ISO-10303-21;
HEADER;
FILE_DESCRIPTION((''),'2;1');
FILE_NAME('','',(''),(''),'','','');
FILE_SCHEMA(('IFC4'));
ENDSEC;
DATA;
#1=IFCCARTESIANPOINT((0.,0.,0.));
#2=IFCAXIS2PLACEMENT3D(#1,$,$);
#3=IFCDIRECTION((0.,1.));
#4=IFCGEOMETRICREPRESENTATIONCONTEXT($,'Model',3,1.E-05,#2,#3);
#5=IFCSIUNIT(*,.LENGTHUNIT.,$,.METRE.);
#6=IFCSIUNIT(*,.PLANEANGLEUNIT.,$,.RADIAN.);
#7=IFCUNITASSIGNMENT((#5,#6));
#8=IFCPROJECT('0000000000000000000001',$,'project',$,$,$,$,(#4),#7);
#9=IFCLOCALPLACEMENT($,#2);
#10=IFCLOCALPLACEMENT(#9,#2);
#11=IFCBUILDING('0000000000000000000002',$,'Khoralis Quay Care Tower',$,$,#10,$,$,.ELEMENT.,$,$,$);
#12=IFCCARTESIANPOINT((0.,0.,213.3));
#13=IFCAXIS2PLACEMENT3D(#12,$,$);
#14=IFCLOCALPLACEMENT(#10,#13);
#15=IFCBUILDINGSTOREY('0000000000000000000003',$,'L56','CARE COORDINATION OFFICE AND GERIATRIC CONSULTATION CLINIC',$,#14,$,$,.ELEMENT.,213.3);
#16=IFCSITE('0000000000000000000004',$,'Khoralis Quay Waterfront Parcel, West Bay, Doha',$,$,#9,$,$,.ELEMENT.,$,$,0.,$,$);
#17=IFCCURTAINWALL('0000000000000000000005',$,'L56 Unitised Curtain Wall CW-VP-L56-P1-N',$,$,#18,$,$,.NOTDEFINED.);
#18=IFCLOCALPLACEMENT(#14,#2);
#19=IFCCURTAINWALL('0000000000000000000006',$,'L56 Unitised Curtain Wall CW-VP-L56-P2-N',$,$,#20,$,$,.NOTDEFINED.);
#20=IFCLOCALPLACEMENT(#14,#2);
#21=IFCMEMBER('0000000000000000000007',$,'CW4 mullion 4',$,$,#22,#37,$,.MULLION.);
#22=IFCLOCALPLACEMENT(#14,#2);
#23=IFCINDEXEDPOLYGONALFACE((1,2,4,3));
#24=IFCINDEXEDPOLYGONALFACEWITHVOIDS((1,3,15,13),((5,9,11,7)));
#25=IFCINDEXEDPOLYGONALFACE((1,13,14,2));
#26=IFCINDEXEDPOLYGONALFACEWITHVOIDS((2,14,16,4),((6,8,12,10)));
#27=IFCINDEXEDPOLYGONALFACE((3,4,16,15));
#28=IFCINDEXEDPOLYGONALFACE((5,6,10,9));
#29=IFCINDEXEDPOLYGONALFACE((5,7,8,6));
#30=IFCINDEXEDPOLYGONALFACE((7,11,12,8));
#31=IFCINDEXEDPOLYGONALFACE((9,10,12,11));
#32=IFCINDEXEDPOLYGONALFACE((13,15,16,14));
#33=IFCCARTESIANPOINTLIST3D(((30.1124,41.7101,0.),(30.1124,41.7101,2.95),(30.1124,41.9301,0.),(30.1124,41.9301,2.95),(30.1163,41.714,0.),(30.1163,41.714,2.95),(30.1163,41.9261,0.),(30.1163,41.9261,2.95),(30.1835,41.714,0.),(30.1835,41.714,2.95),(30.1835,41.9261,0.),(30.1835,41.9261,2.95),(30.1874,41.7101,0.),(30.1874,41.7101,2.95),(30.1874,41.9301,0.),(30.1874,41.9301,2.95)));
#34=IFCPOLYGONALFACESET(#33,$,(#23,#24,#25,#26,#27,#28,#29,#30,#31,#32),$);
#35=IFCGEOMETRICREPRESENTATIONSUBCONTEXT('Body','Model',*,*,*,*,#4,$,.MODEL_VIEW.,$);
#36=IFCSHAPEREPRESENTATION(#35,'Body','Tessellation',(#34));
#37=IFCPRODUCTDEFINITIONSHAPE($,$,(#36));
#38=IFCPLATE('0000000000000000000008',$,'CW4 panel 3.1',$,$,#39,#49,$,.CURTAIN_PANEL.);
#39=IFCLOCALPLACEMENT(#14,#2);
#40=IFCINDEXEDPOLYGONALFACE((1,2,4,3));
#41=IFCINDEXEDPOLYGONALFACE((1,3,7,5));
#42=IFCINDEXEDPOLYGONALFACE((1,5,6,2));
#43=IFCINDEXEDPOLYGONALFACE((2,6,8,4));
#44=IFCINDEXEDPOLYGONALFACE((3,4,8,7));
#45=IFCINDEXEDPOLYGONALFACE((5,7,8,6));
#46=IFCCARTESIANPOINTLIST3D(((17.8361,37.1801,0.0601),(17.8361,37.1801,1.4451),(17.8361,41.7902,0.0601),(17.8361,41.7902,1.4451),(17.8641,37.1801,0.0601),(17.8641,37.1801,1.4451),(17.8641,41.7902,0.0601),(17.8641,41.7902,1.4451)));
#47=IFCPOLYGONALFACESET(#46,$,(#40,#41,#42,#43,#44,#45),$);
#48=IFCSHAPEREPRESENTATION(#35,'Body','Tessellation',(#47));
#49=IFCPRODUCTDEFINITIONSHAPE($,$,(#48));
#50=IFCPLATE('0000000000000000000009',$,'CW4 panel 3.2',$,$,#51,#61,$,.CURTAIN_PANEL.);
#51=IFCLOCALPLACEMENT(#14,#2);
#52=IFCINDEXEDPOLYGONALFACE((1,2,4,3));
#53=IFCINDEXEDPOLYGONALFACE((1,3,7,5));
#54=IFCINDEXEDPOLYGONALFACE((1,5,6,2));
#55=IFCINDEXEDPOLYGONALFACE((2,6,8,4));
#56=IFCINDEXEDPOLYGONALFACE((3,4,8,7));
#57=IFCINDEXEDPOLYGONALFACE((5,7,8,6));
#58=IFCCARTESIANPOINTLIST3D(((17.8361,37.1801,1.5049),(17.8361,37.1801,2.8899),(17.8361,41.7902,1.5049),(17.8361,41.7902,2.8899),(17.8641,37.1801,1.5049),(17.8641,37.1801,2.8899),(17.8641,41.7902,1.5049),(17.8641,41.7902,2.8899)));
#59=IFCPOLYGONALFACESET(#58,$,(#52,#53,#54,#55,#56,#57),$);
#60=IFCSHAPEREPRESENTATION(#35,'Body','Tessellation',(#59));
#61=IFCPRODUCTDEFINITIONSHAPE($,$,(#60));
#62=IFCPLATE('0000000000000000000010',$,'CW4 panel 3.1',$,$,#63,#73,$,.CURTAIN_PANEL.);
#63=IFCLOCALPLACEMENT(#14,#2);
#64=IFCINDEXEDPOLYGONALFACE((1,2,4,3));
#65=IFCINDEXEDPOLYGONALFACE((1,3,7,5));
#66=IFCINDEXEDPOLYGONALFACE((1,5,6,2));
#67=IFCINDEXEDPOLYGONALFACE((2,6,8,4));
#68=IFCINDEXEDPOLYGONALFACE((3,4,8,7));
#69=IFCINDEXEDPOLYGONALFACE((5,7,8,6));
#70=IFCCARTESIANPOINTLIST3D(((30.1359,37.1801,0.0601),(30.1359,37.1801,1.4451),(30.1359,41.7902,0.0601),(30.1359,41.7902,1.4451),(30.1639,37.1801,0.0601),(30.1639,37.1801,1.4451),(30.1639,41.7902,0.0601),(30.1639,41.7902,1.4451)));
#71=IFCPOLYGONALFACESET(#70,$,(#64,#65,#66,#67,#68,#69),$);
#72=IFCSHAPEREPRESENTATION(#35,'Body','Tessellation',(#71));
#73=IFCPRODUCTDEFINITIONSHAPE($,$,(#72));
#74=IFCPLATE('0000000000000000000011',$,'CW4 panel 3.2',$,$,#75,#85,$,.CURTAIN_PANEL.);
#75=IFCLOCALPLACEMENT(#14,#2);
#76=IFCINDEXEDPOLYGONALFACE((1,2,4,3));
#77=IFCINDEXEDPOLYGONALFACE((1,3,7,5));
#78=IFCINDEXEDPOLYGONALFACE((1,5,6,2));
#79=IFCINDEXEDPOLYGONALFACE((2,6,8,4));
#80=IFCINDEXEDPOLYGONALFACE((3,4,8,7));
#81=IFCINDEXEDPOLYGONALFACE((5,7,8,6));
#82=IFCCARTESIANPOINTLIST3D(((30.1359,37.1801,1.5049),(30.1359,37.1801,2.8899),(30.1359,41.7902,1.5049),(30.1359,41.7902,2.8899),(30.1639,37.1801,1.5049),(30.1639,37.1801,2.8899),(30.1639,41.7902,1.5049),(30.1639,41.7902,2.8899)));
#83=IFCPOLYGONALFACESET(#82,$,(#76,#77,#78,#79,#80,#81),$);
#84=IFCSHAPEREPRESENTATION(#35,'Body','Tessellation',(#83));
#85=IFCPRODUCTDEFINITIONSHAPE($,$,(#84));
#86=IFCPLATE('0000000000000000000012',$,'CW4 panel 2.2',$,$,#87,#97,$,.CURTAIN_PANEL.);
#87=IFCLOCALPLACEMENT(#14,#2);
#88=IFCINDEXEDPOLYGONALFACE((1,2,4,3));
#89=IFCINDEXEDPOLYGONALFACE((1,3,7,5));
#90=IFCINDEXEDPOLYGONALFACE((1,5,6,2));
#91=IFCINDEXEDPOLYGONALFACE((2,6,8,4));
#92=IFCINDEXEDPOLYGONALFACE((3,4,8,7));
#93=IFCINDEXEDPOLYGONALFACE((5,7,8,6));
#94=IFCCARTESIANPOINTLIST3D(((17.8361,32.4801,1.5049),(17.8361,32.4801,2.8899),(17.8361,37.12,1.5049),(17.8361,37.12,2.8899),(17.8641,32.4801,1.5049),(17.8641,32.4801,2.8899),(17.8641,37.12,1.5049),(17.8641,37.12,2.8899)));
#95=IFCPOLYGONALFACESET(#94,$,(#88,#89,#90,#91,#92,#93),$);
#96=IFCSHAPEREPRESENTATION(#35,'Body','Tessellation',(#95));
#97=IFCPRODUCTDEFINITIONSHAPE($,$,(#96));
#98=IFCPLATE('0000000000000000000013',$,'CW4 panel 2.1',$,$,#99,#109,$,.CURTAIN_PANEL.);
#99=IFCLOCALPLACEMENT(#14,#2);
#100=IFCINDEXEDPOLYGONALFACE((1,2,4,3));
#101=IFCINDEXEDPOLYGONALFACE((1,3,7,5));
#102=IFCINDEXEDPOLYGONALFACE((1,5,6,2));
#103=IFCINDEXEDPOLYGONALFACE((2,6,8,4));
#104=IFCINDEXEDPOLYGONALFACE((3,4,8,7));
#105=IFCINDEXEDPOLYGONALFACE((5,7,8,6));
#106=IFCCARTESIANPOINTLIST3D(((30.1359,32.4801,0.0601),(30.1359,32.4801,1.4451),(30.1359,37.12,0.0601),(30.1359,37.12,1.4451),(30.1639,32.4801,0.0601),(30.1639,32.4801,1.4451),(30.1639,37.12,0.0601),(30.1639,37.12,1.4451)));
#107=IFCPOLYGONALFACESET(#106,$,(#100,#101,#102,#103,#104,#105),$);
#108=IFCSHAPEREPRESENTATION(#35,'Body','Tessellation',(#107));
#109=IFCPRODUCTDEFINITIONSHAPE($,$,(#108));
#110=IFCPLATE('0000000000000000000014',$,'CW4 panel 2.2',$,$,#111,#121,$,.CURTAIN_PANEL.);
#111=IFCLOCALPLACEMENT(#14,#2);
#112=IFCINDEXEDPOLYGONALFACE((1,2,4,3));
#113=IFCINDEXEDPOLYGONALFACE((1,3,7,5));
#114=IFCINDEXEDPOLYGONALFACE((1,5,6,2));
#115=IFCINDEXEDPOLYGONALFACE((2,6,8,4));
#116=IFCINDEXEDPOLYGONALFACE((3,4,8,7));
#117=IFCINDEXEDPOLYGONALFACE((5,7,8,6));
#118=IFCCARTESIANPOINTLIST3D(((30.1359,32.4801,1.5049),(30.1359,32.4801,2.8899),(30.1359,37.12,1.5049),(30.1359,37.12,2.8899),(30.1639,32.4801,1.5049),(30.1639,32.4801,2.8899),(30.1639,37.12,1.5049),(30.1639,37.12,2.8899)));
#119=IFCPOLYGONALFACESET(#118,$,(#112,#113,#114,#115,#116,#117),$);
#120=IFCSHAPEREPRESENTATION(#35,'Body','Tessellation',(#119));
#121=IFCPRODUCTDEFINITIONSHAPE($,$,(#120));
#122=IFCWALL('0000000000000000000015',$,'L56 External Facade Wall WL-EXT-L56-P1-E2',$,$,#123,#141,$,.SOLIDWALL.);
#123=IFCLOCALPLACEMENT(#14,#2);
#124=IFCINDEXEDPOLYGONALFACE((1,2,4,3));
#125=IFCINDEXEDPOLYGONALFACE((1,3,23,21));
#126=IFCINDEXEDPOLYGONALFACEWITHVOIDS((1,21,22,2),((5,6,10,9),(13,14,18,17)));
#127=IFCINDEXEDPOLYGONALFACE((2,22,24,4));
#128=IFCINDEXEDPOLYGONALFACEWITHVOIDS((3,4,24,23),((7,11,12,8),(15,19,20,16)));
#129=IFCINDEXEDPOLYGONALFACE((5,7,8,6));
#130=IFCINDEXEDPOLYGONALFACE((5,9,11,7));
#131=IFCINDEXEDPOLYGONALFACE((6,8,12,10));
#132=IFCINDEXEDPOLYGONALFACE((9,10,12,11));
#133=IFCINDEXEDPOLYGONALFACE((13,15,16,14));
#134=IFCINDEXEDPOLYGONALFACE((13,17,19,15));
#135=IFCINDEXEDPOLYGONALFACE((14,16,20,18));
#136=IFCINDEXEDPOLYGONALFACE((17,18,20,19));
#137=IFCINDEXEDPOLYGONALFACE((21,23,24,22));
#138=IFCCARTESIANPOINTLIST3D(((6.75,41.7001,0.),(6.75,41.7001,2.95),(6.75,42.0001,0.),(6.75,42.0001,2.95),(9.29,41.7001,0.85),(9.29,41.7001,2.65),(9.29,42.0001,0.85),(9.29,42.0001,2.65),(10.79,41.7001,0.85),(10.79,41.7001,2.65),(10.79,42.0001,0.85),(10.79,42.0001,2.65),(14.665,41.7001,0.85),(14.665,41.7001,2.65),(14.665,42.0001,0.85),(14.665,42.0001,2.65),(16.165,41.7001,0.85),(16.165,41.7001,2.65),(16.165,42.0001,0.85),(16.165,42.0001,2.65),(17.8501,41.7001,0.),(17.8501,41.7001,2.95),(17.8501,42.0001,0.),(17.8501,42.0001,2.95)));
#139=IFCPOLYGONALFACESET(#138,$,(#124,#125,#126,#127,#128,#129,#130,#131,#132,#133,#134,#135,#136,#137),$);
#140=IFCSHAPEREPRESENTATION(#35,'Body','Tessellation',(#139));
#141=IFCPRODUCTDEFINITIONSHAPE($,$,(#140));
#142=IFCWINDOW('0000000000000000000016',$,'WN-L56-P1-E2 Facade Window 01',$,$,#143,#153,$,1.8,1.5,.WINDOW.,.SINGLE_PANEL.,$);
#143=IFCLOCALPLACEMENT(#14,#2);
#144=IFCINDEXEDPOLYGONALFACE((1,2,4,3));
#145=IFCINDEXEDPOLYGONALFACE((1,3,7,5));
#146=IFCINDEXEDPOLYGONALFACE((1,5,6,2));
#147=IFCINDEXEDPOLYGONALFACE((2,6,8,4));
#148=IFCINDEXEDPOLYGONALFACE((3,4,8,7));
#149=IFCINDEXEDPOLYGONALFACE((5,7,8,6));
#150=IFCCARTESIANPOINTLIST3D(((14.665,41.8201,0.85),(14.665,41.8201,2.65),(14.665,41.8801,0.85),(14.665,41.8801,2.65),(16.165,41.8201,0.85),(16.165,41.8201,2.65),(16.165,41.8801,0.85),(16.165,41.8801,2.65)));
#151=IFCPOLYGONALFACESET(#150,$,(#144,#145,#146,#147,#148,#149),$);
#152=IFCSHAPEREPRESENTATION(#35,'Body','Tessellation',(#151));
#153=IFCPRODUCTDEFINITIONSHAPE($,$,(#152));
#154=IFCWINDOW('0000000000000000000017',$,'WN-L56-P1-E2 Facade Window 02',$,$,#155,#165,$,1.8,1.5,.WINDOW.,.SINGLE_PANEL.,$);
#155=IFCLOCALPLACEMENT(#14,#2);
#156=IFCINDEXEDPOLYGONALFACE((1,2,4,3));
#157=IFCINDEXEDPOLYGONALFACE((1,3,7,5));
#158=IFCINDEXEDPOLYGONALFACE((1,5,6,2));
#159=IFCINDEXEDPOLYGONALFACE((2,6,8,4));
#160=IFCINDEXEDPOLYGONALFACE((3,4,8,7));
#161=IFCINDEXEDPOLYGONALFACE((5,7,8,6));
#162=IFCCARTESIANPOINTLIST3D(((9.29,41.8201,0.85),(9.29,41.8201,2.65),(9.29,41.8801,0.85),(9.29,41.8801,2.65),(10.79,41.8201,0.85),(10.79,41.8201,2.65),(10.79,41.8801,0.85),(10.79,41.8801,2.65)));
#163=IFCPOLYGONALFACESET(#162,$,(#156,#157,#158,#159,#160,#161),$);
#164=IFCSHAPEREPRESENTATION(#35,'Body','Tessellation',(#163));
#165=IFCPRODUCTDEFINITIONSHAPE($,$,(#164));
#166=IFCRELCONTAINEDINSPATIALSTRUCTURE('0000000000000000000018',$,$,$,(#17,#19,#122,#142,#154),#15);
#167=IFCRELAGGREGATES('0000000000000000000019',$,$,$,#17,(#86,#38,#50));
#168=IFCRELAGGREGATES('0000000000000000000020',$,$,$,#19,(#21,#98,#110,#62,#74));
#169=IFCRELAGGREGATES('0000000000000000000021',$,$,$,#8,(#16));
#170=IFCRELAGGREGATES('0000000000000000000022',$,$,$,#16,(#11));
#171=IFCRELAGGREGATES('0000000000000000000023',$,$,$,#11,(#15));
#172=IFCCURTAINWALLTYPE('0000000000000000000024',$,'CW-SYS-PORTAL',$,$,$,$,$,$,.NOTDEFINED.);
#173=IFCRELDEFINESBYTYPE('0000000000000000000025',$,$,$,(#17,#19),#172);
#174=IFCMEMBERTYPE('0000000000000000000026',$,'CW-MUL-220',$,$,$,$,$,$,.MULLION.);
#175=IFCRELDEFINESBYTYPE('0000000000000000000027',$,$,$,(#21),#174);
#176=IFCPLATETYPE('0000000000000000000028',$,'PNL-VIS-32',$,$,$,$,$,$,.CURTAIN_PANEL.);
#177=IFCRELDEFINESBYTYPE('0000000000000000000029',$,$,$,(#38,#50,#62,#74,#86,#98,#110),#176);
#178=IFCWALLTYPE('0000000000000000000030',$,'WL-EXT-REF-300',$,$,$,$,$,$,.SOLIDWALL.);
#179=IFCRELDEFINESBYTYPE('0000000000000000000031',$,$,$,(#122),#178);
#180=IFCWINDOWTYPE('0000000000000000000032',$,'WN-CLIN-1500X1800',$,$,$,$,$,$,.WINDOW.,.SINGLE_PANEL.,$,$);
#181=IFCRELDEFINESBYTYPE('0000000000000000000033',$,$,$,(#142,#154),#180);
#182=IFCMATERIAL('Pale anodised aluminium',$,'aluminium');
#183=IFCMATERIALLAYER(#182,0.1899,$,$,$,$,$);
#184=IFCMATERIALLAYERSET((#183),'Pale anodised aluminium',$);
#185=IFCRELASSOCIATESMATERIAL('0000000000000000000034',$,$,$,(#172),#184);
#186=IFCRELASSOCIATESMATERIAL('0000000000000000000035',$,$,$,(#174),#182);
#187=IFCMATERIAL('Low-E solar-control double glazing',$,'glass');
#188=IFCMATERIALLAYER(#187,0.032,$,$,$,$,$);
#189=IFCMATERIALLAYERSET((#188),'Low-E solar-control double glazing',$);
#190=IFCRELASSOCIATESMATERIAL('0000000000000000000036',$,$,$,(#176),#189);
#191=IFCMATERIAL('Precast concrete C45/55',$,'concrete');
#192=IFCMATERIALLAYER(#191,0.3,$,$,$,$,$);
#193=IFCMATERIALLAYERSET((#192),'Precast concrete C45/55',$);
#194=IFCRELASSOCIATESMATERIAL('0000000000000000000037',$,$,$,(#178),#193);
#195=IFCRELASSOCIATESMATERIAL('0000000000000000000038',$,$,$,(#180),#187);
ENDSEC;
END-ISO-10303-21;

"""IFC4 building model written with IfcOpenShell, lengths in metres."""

from ifc_helpers import new_model, si_unit, direction, frame, frame_2d, origin, origin_2d, place, context, subcontext, project, spatial, rectangle, hollow_rectangle, extrude, source, transform, mapped, material, layer, layer_set, material_profile, profile_set, type_object, element, fill, aggregate, save


model = new_model("IFC4")

# Units and contexts
model_context = context("Model", 3, precision=1e-05, world=origin(), true_north=direction((0.0, 1.0)))
body_context = subcontext(model_context, "Body", "Model", "MODEL_VIEW")
ifc_project = project(units=[si_unit("LENGTHUNIT", "METRE"), si_unit("PLANEANGLEUNIT", "RADIAN")], contexts=[model_context])

# Site, building, storey
site_placement = place(None, origin())
site = spatial("IfcSite", under=ifc_project, at=site_placement, Name="Khoralis Quay Waterfront Parcel, West Bay, Doha", CompositionType="ELEMENT", RefElevation=0.0)
building_placement = place(site_placement, origin())
building = spatial("IfcBuilding", under=site, at=building_placement, Name="Khoralis Quay Care Tower", CompositionType="ELEMENT")
storey_placement = place(building_placement, frame((0.0, 0.0, 213.3)))
storey = spatial("IfcBuildingStorey", under=building, at=storey_placement, Name="L56", Description="CARE COORDINATION OFFICE AND GERIATRIC CONSULTATION CLINIC", CompositionType="ELEMENT", Elevation=213.3)

# Curtain walls, member
ifc_material_1 = material(Name="Pale anodised aluminium", Category="aluminium")
ifc_layer_1 = layer(ifc_material_1, 0.1899)
ifc_layer_set_1 = layer_set([ifc_layer_1], Name="Pale anodised aluminium")
curtain_wall_type = type_object("IfcCurtainWallType", Name="CW-SYS-PORTAL", PredefinedType="NOTDEFINED", material=ifc_layer_set_1)
curtain_wall_1_placement = place(storey_placement, origin())
curtain_wall_1 = element("IfcCurtainWall", 1, at=curtain_wall_1_placement, inside=storey, type_object=curtain_wall_type, Name="L56 Unitised Curtain Wall CW-VP-L56-P1-N", PredefinedType="NOTDEFINED")
curtain_wall_2_placement = place(storey_placement, origin())
curtain_wall_2 = element("IfcCurtainWall", 2, at=curtain_wall_2_placement, inside=storey, type_object=curtain_wall_type, Name="L56 Unitised Curtain Wall CW-VP-L56-P2-N", PredefinedType="NOTDEFINED")
ifc_material_profile_1 = material_profile(ifc_material_1, hollow_rectangle(XDim=0.075, YDim=0.22, WallThickness=0.0039, at=origin_2d()), Name="Pale anodised aluminium")
ifc_profile_set_1 = profile_set([ifc_material_profile_1], Name="Pale anodised aluminium")
member_type_1 = type_object("IfcMemberType", Name="CW-MUL-220", PredefinedType="MULLION", material=ifc_profile_set_1)
shared_shape_1 = source(origin(), body_context, "Body", "SweptSolid", [
    extrude(hollow_rectangle(XDim=0.075, YDim=0.22, WallThickness=0.0039, at=origin_2d()), origin(), (0.0, 0.0, 1.0), 2.95),
])
member_1_placement = place(storey_placement, frame((30.1499, 41.8201, 0.0), z_axis=(0.0, 0.0, 1.0), x_axis=(-1.0, 0.0, 0.0)))
member_1 = element("IfcMember", 3, at=member_1_placement, type_object=member_type_1, Name="CW4 mullion 4", PredefinedType="MULLION", context=body_context, shape_type="MappedRepresentation", body=[
    mapped(shared_shape_1, transform((0.0, 0.0, 0.0), scale=1.0)),
])

# Plates
ifc_material_2 = material(Name="Low-E solar-control double glazing", Category="glass")
ifc_layer_2 = layer(ifc_material_2, 0.032)
ifc_layer_set_2 = layer_set([ifc_layer_2], Name="Low-E solar-control double glazing")
plate_type = type_object("IfcPlateType", Name="PNL-VIS-32", PredefinedType="CURTAIN_PANEL", material=ifc_layer_set_2)
shared_shape_2 = source(origin(), body_context, "Body", "SweptSolid", [
    extrude(rectangle(XDim=4.6101, YDim=0.0281, at=origin_2d()), origin(), (0.0, 0.0, 1.0), 1.385),
])
plate_1_placement = place(storey_placement, frame((17.8501, 39.4851, 0.0601), z_axis=(0.0, 0.0, 1.0), x_axis=(0.0, 1.0, 0.0)))
plate_1 = element("IfcPlate", 4, at=plate_1_placement, type_object=plate_type, Name="CW4 panel 3.1", PredefinedType="CURTAIN_PANEL", context=body_context, shape_type="MappedRepresentation", body=[
    mapped(shared_shape_2, transform((0.0, 0.0, 0.0), scale=1.0)),
])
plate_2_placement = place(storey_placement, frame((17.8501, 39.4851, 1.5049), z_axis=(0.0, 0.0, 1.0), x_axis=(0.0, 1.0, 0.0)))
plate_2 = element("IfcPlate", 5, at=plate_2_placement, type_object=plate_type, Name="CW4 panel 3.2", PredefinedType="CURTAIN_PANEL", context=body_context, shape_type="MappedRepresentation", body=[
    mapped(shared_shape_2, transform((0.0, 0.0, 0.0), scale=1.0)),
])
plate_3_placement = place(storey_placement, frame((30.1499, 39.4851, 0.0601), z_axis=(0.0, 0.0, 1.0), x_axis=(0.0, 1.0, 0.0)))
plate_3 = element("IfcPlate", 6, at=plate_3_placement, type_object=plate_type, Name="CW4 panel 3.1", PredefinedType="CURTAIN_PANEL", context=body_context, shape_type="MappedRepresentation", body=[
    mapped(shared_shape_2, transform((0.0, 0.0, 0.0), scale=1.0)),
])
plate_4_placement = place(storey_placement, frame((30.1499, 39.4851, 1.5049), z_axis=(0.0, 0.0, 1.0), x_axis=(0.0, 1.0, 0.0)))
plate_4 = element("IfcPlate", 7, at=plate_4_placement, type_object=plate_type, Name="CW4 panel 3.2", PredefinedType="CURTAIN_PANEL", context=body_context, shape_type="MappedRepresentation", body=[
    mapped(shared_shape_2, transform((0.0, 0.0, 0.0), scale=1.0)),
])
shared_shape_3 = source(origin(), body_context, "Body", "SweptSolid", [
    extrude(rectangle(XDim=4.6399, YDim=0.0281, at=origin_2d()), origin(), (0.0, 0.0, 1.0), 1.385),
])
plate_5_placement = place(storey_placement, frame((17.8501, 34.8, 1.5049), z_axis=(0.0, 0.0, 1.0), x_axis=(0.0, 1.0, 0.0)))
plate_5 = element("IfcPlate", 8, at=plate_5_placement, type_object=plate_type, Name="CW4 panel 2.2", PredefinedType="CURTAIN_PANEL", context=body_context, shape_type="MappedRepresentation", body=[
    mapped(shared_shape_3, transform((0.0, 0.0, 0.0), scale=1.0)),
])
aggregate(curtain_wall_1, [plate_5, plate_1, plate_2])
plate_6_placement = place(storey_placement, frame((30.1499, 34.8, 0.0601), z_axis=(0.0, 0.0, 1.0), x_axis=(0.0, 1.0, 0.0)))
plate_6 = element("IfcPlate", 9, at=plate_6_placement, type_object=plate_type, Name="CW4 panel 2.1", PredefinedType="CURTAIN_PANEL", context=body_context, shape_type="MappedRepresentation", body=[
    mapped(shared_shape_3, transform((0.0, 0.0, 0.0), scale=1.0)),
])
plate_7_placement = place(storey_placement, frame((30.1499, 34.8, 1.5049), z_axis=(0.0, 0.0, 1.0), x_axis=(0.0, 1.0, 0.0)))
plate_7 = element("IfcPlate", 10, at=plate_7_placement, type_object=plate_type, Name="CW4 panel 2.2", PredefinedType="CURTAIN_PANEL", context=body_context, shape_type="MappedRepresentation", body=[
    mapped(shared_shape_3, transform((0.0, 0.0, 0.0), scale=1.0)),
])
aggregate(curtain_wall_2, [member_1, plate_6, plate_7, plate_3, plate_4])

# Wall, openings, windows
ifc_material_3 = material(Name="Precast concrete C45/55", Category="concrete")
ifc_layer_3 = layer(ifc_material_3, 0.3)
ifc_layer_set_3 = layer_set([ifc_layer_3], Name="Precast concrete C45/55")
wall_type = type_object("IfcWallType", Name="WL-EXT-REF-300", PredefinedType="SOLIDWALL", material=ifc_layer_set_3)
wall_placement = place(storey_placement, frame((17.8501, 41.8501, 0.0), z_axis=(0.0, 0.0, 1.0), x_axis=(-1.0, 0.0, 0.0)))
wall = element("IfcWall", 11, at=wall_placement, inside=storey, type_object=wall_type, Name="L56 External Facade Wall WL-EXT-L56-P1-E2", PredefinedType="SOLIDWALL", context=body_context, shape_type="SweptSolid", body=[
    extrude(rectangle(XDim=11.1001, YDim=0.3, at=frame_2d((5.55, 0.0))), origin(), (0.0, 0.0, 1.0), 2.95),
])
opening_1_placement = place(wall_placement, frame((1.6851, 0.0, 0.8501)))
opening_1 = element("IfcOpeningElement", 12, at=opening_1_placement, cuts=wall, PredefinedType="OPENING", context=body_context, shape_type="SweptSolid", body=[
    extrude(rectangle(XDim=1.5, YDim=1.8, at=frame_2d((0.75, 0.8999))), frame((0.0, 0.1602, 0.0), z_axis=(0.0, -1.0, 0.0), x_axis=(1.0, 0.0, 0.0)), (0.0, 0.0, 1.0), 0.3201),
])
opening_2_placement = place(wall_placement, frame((7.0601, 0.0, 0.8501)))
opening_2 = element("IfcOpeningElement", 13, at=opening_2_placement, cuts=wall, PredefinedType="OPENING", context=body_context, shape_type="SweptSolid", body=[
    extrude(rectangle(XDim=1.5, YDim=1.8, at=frame_2d((0.75, 0.8999))), frame((0.0, 0.1602, 0.0), z_axis=(0.0, -1.0, 0.0), x_axis=(1.0, 0.0, 0.0)), (0.0, 0.0, 1.0), 0.3201),
])
window_type = type_object("IfcWindowType", Name="WN-CLIN-1500X1800", PartitioningType="SINGLE_PANEL", PredefinedType="WINDOW", material=ifc_material_2)
shared_shape_4 = source(origin(), body_context, "Body", "SweptSolid", [
    extrude(rectangle(XDim=1.5, YDim=1.8, at=frame_2d((0.75, 0.8999))), frame((0.0, 0.03, 0.0), z_axis=(0.0, -1.0, 0.0), x_axis=(1.0, 0.0, 0.0)), (0.0, 0.0, 1.0), 0.0601),
])
window_1_placement = place(opening_1_placement, origin())
window_1 = element("IfcWindow", 14, at=window_1_placement, inside=storey, type_object=window_type, Name="WN-L56-P1-E2 Facade Window 01", OverallHeight=1.8, OverallWidth=1.5, PartitioningType="SINGLE_PANEL", PredefinedType="WINDOW", context=body_context, shape_type="MappedRepresentation", body=[
    mapped(shared_shape_4, transform((0.0, 0.0, 0.0), scale=1.0)),
])
fill(opening_1, window_1)
window_2_placement = place(opening_2_placement, origin())
window_2 = element("IfcWindow", 15, at=window_2_placement, inside=storey, type_object=window_type, Name="WN-L56-P1-E2 Facade Window 02", OverallHeight=1.8, OverallWidth=1.5, PartitioningType="SINGLE_PANEL", PredefinedType="WINDOW", context=body_context, shape_type="MappedRepresentation", body=[
    mapped(shared_shape_4, transform((0.0, 0.0, 0.0), scale=1.0)),
])
fill(opening_2, window_2)

save(model, "model.ifc")
